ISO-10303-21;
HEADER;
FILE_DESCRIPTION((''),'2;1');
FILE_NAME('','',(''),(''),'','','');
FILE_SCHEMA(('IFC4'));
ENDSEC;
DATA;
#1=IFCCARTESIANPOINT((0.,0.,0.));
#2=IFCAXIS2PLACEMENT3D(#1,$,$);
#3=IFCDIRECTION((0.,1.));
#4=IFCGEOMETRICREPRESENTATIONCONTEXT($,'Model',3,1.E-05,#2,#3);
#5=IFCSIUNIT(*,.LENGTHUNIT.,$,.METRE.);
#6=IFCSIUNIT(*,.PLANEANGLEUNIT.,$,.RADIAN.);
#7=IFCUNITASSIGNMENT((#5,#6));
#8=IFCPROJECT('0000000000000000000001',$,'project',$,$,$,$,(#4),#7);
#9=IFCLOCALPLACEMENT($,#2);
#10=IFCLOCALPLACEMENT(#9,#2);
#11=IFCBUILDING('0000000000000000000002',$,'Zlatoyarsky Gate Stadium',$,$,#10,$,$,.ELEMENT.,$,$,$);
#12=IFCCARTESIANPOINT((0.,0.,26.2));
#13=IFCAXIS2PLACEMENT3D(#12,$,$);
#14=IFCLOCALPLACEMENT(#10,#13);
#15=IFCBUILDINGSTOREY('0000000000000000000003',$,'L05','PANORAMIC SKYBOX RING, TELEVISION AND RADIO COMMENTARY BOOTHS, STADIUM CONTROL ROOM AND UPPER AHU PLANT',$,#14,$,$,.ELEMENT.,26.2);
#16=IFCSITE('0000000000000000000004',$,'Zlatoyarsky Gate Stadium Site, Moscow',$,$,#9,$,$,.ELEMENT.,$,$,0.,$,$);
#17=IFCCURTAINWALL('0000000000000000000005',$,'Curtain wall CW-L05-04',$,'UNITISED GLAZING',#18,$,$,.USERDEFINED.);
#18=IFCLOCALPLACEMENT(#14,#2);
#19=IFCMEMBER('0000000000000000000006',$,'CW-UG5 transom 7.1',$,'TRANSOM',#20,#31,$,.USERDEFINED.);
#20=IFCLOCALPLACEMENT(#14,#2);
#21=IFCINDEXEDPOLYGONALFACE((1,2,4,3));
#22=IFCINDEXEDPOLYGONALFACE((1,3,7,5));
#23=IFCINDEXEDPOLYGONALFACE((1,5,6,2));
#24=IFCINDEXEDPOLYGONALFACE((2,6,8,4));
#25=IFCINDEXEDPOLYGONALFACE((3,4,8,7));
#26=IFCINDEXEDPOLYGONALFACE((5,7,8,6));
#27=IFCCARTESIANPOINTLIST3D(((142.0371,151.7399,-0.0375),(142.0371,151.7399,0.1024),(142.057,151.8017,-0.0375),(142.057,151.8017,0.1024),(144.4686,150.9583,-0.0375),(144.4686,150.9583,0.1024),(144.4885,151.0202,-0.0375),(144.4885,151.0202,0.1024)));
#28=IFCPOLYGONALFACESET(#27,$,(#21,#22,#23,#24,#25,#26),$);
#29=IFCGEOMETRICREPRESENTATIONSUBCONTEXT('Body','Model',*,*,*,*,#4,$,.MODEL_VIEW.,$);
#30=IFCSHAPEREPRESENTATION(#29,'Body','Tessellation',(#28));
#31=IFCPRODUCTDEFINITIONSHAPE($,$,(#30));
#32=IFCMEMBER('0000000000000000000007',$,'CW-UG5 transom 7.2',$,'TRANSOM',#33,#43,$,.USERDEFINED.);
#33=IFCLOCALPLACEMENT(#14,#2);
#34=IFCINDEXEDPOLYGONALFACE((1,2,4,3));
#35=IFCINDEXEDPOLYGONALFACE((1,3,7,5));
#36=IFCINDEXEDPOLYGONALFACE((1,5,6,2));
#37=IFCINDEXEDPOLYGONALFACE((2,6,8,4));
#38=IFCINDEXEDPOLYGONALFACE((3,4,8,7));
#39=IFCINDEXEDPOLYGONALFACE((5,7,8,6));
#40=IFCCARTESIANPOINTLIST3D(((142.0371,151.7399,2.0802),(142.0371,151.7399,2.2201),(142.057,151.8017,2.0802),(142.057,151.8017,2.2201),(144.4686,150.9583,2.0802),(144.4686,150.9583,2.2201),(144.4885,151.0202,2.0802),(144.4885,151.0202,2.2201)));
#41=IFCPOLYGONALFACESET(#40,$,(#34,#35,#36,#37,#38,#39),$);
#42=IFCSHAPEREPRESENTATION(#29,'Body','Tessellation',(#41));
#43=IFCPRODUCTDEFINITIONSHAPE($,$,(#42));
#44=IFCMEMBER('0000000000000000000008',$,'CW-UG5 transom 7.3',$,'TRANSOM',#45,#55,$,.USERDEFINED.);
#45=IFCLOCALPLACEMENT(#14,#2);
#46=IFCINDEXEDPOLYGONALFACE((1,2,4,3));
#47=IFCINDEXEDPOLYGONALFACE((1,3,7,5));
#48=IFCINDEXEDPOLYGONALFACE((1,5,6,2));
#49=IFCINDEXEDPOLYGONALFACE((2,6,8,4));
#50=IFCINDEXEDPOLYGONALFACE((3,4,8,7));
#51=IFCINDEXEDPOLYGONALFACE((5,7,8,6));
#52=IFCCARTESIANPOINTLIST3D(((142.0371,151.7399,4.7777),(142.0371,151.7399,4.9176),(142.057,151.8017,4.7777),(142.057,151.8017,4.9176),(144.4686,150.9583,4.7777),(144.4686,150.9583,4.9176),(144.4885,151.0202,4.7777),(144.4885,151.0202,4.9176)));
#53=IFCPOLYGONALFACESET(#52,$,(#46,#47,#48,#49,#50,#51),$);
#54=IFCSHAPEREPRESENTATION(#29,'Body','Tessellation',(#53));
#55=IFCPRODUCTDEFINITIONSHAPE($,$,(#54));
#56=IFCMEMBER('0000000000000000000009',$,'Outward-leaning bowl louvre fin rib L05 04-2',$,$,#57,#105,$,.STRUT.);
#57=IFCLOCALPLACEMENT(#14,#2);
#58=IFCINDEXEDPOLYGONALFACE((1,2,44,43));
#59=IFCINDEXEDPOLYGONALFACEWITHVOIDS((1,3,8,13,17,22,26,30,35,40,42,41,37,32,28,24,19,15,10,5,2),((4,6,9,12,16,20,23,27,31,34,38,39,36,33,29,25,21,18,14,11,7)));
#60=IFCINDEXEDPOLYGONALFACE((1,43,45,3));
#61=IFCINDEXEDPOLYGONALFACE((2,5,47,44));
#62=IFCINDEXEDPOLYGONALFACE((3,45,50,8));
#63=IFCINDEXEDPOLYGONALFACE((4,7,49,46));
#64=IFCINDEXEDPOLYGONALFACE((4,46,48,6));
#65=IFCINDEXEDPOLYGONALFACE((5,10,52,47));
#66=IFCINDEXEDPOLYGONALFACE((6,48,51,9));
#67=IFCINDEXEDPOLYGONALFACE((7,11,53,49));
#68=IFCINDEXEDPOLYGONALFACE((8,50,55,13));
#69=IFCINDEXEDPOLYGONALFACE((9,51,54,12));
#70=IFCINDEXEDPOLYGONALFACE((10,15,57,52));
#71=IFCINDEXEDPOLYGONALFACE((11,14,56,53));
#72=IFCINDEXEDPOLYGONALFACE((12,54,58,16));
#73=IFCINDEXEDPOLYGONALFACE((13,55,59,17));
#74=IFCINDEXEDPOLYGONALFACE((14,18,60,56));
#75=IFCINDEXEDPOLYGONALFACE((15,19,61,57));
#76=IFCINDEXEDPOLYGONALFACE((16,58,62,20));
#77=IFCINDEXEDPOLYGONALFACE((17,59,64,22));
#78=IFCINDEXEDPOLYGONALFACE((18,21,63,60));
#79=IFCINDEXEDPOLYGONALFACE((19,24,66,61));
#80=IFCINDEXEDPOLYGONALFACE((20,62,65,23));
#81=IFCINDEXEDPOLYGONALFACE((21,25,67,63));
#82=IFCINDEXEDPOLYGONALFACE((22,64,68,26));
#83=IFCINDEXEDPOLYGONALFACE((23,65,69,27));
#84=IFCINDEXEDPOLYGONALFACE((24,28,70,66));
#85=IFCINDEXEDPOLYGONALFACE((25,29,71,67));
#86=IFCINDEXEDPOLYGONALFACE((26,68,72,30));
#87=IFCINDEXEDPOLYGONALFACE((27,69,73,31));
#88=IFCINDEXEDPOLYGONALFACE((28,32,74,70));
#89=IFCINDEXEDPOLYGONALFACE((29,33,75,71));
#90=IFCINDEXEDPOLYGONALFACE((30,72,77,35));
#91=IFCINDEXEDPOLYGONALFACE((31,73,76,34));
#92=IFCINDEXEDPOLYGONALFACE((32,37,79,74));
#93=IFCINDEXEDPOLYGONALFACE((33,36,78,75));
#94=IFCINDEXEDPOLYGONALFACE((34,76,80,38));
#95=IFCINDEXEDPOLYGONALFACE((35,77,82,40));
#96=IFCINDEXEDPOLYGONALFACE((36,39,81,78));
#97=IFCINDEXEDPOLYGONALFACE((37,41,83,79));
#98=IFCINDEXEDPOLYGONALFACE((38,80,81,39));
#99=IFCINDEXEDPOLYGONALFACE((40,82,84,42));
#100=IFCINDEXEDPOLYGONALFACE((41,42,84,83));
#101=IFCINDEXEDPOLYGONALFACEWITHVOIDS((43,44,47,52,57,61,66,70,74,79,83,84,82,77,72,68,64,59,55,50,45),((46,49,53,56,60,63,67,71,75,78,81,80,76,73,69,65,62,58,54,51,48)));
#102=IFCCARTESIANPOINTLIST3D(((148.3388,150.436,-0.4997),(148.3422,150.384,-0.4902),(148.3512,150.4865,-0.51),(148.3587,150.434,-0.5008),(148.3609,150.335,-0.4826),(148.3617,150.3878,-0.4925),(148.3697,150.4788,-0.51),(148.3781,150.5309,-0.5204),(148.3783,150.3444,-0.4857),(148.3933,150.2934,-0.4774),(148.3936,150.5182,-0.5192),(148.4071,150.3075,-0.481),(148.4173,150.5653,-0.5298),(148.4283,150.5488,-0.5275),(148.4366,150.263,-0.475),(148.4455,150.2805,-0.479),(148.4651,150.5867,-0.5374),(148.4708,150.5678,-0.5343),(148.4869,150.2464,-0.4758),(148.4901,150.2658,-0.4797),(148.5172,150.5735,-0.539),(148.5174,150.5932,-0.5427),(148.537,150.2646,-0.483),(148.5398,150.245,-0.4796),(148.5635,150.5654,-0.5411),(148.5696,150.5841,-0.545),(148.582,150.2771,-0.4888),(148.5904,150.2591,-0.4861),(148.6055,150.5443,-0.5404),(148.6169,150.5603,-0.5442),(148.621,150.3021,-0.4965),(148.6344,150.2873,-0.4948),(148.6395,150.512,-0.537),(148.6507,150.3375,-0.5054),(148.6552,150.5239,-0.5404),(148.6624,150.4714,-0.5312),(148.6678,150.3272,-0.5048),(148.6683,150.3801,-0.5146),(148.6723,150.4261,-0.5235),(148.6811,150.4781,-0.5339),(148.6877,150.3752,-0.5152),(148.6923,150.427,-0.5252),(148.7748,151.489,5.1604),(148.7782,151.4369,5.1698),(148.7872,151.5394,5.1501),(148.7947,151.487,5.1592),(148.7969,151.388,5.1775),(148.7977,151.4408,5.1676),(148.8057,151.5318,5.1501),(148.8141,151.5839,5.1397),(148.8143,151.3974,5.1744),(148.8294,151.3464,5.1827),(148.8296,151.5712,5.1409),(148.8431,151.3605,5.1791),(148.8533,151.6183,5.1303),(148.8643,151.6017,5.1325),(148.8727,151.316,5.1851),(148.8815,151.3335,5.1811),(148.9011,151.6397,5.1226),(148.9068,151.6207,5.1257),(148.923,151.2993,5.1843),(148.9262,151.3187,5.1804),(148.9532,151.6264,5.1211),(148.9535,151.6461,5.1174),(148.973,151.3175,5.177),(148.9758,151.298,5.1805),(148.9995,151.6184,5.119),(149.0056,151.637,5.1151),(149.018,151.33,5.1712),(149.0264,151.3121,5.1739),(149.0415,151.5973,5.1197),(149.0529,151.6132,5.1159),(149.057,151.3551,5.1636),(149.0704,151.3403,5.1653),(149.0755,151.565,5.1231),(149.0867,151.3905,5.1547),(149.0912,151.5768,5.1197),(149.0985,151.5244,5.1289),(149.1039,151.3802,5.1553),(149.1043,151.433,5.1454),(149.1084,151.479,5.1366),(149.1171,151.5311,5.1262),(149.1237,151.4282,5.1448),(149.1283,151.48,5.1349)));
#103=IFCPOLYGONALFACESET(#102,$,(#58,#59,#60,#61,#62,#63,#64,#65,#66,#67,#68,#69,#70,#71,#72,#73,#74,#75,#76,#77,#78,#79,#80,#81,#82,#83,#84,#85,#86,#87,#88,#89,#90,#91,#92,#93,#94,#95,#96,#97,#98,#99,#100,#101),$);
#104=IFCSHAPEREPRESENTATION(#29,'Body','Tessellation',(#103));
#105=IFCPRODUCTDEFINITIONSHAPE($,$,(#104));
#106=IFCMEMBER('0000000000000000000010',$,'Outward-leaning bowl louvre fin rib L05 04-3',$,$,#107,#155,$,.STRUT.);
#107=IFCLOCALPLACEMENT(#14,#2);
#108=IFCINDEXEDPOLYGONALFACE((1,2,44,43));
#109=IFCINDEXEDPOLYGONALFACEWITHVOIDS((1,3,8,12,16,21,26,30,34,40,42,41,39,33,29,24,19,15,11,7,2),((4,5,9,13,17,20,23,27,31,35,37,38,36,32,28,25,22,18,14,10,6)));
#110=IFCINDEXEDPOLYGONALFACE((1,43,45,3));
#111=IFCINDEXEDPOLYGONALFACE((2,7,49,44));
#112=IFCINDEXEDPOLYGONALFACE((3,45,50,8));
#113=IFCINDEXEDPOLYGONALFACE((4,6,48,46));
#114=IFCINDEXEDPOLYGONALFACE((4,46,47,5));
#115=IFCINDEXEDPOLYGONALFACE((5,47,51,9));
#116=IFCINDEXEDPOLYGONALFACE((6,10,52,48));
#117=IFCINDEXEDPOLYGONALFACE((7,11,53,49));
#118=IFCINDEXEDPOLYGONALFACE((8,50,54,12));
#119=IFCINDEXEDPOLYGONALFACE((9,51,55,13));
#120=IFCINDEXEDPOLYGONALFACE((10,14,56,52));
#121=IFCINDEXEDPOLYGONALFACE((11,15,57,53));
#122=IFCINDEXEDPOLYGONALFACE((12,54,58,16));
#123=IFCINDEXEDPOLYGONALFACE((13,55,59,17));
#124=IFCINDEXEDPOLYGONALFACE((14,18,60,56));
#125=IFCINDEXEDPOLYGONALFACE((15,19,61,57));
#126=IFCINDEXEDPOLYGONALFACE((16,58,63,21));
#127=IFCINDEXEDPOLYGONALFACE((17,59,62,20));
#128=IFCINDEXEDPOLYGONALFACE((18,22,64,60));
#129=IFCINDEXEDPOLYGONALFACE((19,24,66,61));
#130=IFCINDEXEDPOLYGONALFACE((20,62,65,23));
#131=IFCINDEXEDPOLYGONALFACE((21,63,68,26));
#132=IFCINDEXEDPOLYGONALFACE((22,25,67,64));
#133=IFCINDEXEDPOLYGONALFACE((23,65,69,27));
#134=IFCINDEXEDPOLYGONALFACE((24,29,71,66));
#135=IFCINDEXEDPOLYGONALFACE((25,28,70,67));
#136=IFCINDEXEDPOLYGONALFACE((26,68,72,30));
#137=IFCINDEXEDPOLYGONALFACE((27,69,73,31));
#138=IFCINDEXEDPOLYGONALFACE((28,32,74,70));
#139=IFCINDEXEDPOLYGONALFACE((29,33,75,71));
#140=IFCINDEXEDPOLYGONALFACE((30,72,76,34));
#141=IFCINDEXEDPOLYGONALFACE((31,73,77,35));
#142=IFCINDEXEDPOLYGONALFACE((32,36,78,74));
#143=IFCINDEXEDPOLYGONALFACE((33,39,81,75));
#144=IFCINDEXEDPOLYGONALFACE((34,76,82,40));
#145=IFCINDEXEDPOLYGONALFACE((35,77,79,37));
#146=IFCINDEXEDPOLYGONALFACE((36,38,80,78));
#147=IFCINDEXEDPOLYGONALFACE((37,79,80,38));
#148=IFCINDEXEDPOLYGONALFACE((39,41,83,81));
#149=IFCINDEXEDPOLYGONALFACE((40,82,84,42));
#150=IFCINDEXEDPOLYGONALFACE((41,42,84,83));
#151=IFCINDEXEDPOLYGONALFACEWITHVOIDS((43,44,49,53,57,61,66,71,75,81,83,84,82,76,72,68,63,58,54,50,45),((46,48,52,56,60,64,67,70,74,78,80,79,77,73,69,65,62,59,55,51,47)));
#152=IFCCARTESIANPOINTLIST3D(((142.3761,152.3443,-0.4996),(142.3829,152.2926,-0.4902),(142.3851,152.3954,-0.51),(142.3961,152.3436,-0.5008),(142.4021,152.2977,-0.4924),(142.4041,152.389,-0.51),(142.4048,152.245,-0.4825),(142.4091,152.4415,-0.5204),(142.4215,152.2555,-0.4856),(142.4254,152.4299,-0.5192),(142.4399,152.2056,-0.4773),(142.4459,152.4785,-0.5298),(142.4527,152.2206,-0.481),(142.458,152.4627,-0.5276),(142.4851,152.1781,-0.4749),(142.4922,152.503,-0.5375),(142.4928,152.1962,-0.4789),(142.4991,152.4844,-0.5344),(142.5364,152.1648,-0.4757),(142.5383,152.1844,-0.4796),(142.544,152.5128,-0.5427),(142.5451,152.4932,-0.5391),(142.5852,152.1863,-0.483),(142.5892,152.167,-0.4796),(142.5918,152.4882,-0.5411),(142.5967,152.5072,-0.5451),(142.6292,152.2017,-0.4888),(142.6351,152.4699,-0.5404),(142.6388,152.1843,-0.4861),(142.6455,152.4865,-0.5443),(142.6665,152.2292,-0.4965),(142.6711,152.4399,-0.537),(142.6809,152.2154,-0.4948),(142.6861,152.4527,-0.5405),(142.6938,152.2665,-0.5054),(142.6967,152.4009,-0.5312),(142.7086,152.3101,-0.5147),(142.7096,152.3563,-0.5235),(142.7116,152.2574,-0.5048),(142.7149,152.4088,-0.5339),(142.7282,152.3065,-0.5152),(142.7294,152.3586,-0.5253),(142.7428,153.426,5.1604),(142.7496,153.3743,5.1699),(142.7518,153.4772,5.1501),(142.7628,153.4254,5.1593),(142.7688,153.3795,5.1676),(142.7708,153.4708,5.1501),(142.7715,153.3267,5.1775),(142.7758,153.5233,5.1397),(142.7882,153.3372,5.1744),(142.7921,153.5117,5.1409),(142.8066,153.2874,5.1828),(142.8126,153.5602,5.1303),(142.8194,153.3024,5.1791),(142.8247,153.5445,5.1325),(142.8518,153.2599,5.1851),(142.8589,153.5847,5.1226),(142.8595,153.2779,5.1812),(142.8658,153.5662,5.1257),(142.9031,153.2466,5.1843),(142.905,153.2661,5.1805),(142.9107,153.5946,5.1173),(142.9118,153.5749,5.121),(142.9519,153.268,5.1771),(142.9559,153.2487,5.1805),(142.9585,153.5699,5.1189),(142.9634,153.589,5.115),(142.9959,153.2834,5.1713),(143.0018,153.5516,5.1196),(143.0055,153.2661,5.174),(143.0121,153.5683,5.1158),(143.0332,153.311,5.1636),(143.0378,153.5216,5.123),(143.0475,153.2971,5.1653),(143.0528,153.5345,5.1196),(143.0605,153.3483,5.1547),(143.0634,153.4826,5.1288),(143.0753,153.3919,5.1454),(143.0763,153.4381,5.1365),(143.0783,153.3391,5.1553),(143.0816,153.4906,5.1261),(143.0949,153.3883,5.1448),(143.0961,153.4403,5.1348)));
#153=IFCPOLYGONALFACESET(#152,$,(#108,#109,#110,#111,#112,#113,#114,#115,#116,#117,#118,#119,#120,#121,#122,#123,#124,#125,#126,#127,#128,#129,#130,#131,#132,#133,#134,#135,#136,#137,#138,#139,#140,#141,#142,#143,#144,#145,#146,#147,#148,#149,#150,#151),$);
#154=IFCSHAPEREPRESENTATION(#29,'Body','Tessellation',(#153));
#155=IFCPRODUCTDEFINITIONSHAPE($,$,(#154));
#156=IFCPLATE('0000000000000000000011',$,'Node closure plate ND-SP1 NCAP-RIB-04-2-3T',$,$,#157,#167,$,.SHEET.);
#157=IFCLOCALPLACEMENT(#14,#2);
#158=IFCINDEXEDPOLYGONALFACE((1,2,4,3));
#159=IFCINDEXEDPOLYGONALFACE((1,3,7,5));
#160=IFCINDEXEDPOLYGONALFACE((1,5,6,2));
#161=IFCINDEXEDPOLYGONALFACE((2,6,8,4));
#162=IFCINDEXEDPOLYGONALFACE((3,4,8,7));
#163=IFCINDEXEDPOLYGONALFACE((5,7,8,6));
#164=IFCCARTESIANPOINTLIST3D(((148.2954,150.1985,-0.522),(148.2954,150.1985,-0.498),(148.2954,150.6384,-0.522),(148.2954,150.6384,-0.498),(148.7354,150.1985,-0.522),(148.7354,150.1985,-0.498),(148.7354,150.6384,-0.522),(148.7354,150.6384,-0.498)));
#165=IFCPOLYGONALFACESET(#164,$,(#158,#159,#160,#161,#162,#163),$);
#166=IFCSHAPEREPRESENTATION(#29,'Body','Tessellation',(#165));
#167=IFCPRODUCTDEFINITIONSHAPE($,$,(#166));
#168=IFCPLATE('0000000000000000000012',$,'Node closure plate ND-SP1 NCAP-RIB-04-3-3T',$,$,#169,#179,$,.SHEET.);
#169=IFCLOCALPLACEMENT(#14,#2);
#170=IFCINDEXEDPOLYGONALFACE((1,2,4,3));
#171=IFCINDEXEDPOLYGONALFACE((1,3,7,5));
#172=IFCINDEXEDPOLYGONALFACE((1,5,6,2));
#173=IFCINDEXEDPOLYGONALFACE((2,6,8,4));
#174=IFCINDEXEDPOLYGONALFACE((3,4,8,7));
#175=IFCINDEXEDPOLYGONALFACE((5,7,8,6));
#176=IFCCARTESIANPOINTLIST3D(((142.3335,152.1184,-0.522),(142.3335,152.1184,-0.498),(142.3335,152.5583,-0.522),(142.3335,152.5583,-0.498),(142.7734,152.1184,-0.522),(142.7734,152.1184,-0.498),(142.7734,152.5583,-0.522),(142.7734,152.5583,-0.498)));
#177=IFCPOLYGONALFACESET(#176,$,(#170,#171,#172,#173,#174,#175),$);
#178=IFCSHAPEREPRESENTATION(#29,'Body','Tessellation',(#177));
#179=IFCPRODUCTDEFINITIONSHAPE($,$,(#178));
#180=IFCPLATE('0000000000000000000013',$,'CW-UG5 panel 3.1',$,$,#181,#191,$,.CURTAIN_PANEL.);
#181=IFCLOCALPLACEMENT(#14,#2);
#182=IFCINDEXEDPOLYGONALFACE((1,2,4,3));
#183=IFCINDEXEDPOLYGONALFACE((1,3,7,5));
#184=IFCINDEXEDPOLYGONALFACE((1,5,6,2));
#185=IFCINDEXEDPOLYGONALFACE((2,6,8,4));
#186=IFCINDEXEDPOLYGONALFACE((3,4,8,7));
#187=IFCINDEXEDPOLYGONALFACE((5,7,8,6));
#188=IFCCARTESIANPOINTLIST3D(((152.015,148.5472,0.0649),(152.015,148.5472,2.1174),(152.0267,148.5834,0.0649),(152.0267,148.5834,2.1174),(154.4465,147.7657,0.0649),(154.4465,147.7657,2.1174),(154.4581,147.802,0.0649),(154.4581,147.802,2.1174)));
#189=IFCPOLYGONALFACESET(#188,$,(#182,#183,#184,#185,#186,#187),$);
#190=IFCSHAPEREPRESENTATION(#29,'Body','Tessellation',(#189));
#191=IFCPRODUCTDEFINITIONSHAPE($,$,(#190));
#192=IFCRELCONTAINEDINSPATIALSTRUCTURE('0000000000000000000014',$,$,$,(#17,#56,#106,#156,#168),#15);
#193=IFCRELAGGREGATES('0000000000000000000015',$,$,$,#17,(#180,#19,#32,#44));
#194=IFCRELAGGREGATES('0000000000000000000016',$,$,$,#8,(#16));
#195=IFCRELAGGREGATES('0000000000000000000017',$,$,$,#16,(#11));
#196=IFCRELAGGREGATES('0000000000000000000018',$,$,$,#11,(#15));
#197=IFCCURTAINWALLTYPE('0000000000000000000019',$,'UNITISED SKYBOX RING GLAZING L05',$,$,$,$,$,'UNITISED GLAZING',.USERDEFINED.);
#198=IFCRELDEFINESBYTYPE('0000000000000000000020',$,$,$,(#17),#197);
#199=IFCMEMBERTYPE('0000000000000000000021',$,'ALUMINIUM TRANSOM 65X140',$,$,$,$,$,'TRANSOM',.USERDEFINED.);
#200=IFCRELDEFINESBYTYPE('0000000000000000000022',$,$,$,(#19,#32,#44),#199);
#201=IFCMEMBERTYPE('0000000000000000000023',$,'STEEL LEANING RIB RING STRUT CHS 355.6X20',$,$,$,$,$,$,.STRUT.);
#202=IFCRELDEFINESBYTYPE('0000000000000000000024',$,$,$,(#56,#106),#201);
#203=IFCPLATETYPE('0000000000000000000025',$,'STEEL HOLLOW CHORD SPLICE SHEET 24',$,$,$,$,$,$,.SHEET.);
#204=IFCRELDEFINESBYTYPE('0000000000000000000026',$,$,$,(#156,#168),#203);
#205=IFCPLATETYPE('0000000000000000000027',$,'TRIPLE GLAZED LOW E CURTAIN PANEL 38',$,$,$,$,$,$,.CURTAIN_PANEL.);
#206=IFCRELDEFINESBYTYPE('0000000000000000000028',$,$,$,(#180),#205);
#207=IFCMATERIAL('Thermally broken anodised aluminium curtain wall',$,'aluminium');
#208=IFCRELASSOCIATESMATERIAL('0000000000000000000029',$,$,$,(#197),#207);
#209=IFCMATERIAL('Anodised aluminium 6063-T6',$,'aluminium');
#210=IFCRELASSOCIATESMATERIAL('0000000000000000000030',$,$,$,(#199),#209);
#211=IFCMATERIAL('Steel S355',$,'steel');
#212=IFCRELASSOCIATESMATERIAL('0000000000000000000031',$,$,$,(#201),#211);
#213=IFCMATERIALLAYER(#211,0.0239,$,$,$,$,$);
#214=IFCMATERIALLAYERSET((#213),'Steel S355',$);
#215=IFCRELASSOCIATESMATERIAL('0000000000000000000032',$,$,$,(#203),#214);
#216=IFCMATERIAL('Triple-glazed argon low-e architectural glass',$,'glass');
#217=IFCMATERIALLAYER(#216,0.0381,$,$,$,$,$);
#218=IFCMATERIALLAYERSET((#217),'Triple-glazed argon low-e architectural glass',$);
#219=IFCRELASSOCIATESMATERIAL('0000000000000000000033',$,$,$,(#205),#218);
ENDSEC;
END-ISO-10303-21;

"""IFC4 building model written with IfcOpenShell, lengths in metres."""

from ifc_helpers import new_model, si_unit, direction, frame, origin, origin_2d, place, context, subcontext, project, spatial, rectangle, hollow_circle, extrude, material, layer, layer_set, material_profile, profile_set, type_object, element, aggregate, save


model = new_model("IFC4")

# Units and contexts
model_context = context("Model", 3, precision=1e-05, world=origin(), true_north=direction((0.0, 1.0)))
body_context = subcontext(model_context, "Body", "Model", "MODEL_VIEW")
ifc_project = project(units=[si_unit("LENGTHUNIT", "METRE"), si_unit("PLANEANGLEUNIT", "RADIAN")], contexts=[model_context])

# Site, building, storey
site_placement = place(None, origin())
site = spatial("IfcSite", under=ifc_project, at=site_placement, Name="Zlatoyarsky Gate Stadium Site, Moscow", CompositionType="ELEMENT", RefElevation=0.0)
building_placement = place(site_placement, origin())
building = spatial("IfcBuilding", under=site, at=building_placement, Name="Zlatoyarsky Gate Stadium", CompositionType="ELEMENT")
storey_placement = place(building_placement, frame((0.0, 0.0, 26.2)))
storey = spatial("IfcBuildingStorey", under=building, at=storey_placement, Name="L05", Description="PANORAMIC SKYBOX RING, TELEVISION AND RADIO COMMENTARY BOOTHS, STADIUM CONTROL ROOM AND UPPER AHU PLANT", CompositionType="ELEMENT", Elevation=26.2)

# Curtain wall, members
ifc_material_1 = material(Name="Thermally broken anodised aluminium curtain wall", Category="aluminium")
curtain_wall_type = type_object("IfcCurtainWallType", Name="UNITISED SKYBOX RING GLAZING L05", ElementType="UNITISED GLAZING", PredefinedType="USERDEFINED", material=ifc_material_1)
curtain_wall_placement = place(storey_placement, origin())
curtain_wall = element("IfcCurtainWall", 1, at=curtain_wall_placement, inside=storey, type_object=curtain_wall_type, Name="Curtain wall CW-L05-04", ObjectType="UNITISED GLAZING", PredefinedType="USERDEFINED")
ifc_material_2 = material(Name="Anodised aluminium 6063-T6", Category="aluminium")
ifc_material_profile_1 = material_profile(ifc_material_2, rectangle(XDim=0.0649, YDim=0.1399, at=origin_2d()), Name="ALU 65X140")
ifc_profile_set_1 = profile_set([ifc_material_profile_1], Name="Anodised aluminium 6063-T6")
member_type_1 = type_object("IfcMemberType", Name="ALUMINIUM TRANSOM 65X140", ElementType="TRANSOM", PredefinedType="USERDEFINED", material=ifc_profile_set_1)
member_1_placement = place(storey_placement, frame((144.4785, 150.9893, 0.0325), z_axis=(-0.952032, 0.306, 0.0), x_axis=(-0.306, -0.952032, 0.0)))
member_1 = element("IfcMember", 2, at=member_1_placement, type_object=member_type_1, Name="CW-UG5 transom 7.1", ObjectType="TRANSOM", PredefinedType="USERDEFINED", context=body_context, shape_type="SweptSolid", body=[
    extrude(rectangle(XDim=0.0649, YDim=0.1399, at=origin_2d()), origin(), (0.0, 0.0, 1.0), 2.554),
])
member_2_placement = place(storey_placement, frame((144.4785, 150.9893, 2.1501), z_axis=(-0.952032, 0.306, 0.0), x_axis=(-0.306, -0.952032, 0.0)))
member_2 = element("IfcMember", 3, at=member_2_placement, type_object=member_type_1, Name="CW-UG5 transom 7.2", ObjectType="TRANSOM", PredefinedType="USERDEFINED", context=body_context, shape_type="SweptSolid", body=[
    extrude(rectangle(XDim=0.0649, YDim=0.1399, at=origin_2d()), origin(), (0.0, 0.0, 1.0), 2.554),
])
member_3_placement = place(storey_placement, frame((144.4785, 150.9893, 4.8477), z_axis=(-0.952032, 0.306, 0.0), x_axis=(-0.306, -0.952032, 0.0)))
member_3 = element("IfcMember", 4, at=member_3_placement, type_object=member_type_1, Name="CW-UG5 transom 7.3", ObjectType="TRANSOM", PredefinedType="USERDEFINED", context=body_context, shape_type="SweptSolid", body=[
    extrude(rectangle(XDim=0.0649, YDim=0.1399, at=origin_2d()), origin(), (0.0, 0.0, 1.0), 2.554),
])

# Members
ifc_material_3 = material(Name="Steel S355", Category="steel")
ifc_material_profile_2 = material_profile(ifc_material_3, hollow_circle(Radius=0.1777, WallThickness=0.02, at=origin_2d()), Name="CHS 355.6X20")
ifc_profile_set_2 = profile_set([ifc_material_profile_2], Name="Steel S355")
member_type_2 = type_object("IfcMemberType", Name="STEEL LEANING RIB RING STRUT CHS 355.6X20", PredefinedType="STRUT", material=ifc_profile_set_2)
member_4_placement = place(storey_placement, frame((148.5154, 150.4185, -0.51), z_axis=(0.07552, 0.182373, 0.980325), x_axis=(-0.923918, 0.382591, 0.0)))
element("IfcMember", 5, at=member_4_placement, inside=storey, type_object=member_type_2, Name="Outward-leaning bowl louvre fin rib L05 04-2", PredefinedType="STRUT", context=body_context, shape_type="SweptSolid", body=[
    extrude(hollow_circle(Radius=0.1777, WallThickness=0.02, at=origin_2d()), origin(), (0.0, 0.0, 1.0), 5.7737),
])
member_5_placement = place(storey_placement, frame((142.5535, 152.3384, -0.51), z_axis=(0.063506, 0.187346, 0.980239), x_axis=(-0.947068, 0.321033, 0.0)))
element("IfcMember", 6, at=member_5_placement, inside=storey, type_object=member_type_2, Name="Outward-leaning bowl louvre fin rib L05 04-3", PredefinedType="STRUT", context=body_context, shape_type="SweptSolid", body=[
    extrude(hollow_circle(Radius=0.1777, WallThickness=0.02, at=origin_2d()), origin(), (0.0, 0.0, 1.0), 5.7742),
])

# Plates
ifc_layer_1 = layer(ifc_material_3, 0.0239)
ifc_layer_set_1 = layer_set([ifc_layer_1], Name="Steel S355")
plate_type_1 = type_object("IfcPlateType", Name="STEEL HOLLOW CHORD SPLICE SHEET 24", PredefinedType="SHEET", material=ifc_layer_set_1)
for number, where, z_axis, x_axis, name in (
    (7, (148.5154, 150.4185, -0.522), (0.0, 0.0, 1.0), (1.0, 0.0, 0.0), "Node closure plate ND-SP1 NCAP-RIB-04-2-3T"),
    (8, (142.5535, 152.3384, -0.522), (0.0, 0.0, 1.0), (1.0, 0.0, 0.0), "Node closure plate ND-SP1 NCAP-RIB-04-3-3T"),
):
    element("IfcPlate", number, at=place(storey_placement, frame(where, z_axis=z_axis, x_axis=x_axis)), inside=storey, type_object=plate_type_1, Name=name, PredefinedType="SHEET", context=body_context, shape_type="SweptSolid", body=[
        extrude(rectangle(XDim=0.4399, YDim=0.4399, at=origin_2d()), origin(), (0.0, 0.0, 1.0), 0.0239),
    ])

# Plate
ifc_material_4 = material(Name="Triple-glazed argon low-e architectural glass", Category="glass")
ifc_layer_2 = layer(ifc_material_4, 0.0381)
ifc_layer_set_2 = layer_set([ifc_layer_2], Name="Triple-glazed argon low-e architectural glass")
plate_type_2 = type_object("IfcPlateType", Name="TRIPLE GLAZED LOW E CURTAIN PANEL 38", PredefinedType="CURTAIN_PANEL", material=ifc_layer_set_2)
plate_1_placement = place(storey_placement, frame((153.2366, 148.1746, 0.0649), z_axis=(0.0, 0.0, 1.0), x_axis=(-0.952039, 0.305978, 0.0)))
plate_1 = element("IfcPlate", 9, at=plate_1_placement, type_object=plate_type_2, Name="CW-UG5 panel 3.1", PredefinedType="CURTAIN_PANEL", context=body_context, shape_type="SweptSolid", body=[
    extrude(rectangle(XDim=2.554, YDim=0.0381, at=origin_2d()), origin(), (0.0, 0.0, 1.0), 2.0525),
])
aggregate(curtain_wall, [plate_1, member_1, member_2, member_3])

save(model, "model.ifc")
